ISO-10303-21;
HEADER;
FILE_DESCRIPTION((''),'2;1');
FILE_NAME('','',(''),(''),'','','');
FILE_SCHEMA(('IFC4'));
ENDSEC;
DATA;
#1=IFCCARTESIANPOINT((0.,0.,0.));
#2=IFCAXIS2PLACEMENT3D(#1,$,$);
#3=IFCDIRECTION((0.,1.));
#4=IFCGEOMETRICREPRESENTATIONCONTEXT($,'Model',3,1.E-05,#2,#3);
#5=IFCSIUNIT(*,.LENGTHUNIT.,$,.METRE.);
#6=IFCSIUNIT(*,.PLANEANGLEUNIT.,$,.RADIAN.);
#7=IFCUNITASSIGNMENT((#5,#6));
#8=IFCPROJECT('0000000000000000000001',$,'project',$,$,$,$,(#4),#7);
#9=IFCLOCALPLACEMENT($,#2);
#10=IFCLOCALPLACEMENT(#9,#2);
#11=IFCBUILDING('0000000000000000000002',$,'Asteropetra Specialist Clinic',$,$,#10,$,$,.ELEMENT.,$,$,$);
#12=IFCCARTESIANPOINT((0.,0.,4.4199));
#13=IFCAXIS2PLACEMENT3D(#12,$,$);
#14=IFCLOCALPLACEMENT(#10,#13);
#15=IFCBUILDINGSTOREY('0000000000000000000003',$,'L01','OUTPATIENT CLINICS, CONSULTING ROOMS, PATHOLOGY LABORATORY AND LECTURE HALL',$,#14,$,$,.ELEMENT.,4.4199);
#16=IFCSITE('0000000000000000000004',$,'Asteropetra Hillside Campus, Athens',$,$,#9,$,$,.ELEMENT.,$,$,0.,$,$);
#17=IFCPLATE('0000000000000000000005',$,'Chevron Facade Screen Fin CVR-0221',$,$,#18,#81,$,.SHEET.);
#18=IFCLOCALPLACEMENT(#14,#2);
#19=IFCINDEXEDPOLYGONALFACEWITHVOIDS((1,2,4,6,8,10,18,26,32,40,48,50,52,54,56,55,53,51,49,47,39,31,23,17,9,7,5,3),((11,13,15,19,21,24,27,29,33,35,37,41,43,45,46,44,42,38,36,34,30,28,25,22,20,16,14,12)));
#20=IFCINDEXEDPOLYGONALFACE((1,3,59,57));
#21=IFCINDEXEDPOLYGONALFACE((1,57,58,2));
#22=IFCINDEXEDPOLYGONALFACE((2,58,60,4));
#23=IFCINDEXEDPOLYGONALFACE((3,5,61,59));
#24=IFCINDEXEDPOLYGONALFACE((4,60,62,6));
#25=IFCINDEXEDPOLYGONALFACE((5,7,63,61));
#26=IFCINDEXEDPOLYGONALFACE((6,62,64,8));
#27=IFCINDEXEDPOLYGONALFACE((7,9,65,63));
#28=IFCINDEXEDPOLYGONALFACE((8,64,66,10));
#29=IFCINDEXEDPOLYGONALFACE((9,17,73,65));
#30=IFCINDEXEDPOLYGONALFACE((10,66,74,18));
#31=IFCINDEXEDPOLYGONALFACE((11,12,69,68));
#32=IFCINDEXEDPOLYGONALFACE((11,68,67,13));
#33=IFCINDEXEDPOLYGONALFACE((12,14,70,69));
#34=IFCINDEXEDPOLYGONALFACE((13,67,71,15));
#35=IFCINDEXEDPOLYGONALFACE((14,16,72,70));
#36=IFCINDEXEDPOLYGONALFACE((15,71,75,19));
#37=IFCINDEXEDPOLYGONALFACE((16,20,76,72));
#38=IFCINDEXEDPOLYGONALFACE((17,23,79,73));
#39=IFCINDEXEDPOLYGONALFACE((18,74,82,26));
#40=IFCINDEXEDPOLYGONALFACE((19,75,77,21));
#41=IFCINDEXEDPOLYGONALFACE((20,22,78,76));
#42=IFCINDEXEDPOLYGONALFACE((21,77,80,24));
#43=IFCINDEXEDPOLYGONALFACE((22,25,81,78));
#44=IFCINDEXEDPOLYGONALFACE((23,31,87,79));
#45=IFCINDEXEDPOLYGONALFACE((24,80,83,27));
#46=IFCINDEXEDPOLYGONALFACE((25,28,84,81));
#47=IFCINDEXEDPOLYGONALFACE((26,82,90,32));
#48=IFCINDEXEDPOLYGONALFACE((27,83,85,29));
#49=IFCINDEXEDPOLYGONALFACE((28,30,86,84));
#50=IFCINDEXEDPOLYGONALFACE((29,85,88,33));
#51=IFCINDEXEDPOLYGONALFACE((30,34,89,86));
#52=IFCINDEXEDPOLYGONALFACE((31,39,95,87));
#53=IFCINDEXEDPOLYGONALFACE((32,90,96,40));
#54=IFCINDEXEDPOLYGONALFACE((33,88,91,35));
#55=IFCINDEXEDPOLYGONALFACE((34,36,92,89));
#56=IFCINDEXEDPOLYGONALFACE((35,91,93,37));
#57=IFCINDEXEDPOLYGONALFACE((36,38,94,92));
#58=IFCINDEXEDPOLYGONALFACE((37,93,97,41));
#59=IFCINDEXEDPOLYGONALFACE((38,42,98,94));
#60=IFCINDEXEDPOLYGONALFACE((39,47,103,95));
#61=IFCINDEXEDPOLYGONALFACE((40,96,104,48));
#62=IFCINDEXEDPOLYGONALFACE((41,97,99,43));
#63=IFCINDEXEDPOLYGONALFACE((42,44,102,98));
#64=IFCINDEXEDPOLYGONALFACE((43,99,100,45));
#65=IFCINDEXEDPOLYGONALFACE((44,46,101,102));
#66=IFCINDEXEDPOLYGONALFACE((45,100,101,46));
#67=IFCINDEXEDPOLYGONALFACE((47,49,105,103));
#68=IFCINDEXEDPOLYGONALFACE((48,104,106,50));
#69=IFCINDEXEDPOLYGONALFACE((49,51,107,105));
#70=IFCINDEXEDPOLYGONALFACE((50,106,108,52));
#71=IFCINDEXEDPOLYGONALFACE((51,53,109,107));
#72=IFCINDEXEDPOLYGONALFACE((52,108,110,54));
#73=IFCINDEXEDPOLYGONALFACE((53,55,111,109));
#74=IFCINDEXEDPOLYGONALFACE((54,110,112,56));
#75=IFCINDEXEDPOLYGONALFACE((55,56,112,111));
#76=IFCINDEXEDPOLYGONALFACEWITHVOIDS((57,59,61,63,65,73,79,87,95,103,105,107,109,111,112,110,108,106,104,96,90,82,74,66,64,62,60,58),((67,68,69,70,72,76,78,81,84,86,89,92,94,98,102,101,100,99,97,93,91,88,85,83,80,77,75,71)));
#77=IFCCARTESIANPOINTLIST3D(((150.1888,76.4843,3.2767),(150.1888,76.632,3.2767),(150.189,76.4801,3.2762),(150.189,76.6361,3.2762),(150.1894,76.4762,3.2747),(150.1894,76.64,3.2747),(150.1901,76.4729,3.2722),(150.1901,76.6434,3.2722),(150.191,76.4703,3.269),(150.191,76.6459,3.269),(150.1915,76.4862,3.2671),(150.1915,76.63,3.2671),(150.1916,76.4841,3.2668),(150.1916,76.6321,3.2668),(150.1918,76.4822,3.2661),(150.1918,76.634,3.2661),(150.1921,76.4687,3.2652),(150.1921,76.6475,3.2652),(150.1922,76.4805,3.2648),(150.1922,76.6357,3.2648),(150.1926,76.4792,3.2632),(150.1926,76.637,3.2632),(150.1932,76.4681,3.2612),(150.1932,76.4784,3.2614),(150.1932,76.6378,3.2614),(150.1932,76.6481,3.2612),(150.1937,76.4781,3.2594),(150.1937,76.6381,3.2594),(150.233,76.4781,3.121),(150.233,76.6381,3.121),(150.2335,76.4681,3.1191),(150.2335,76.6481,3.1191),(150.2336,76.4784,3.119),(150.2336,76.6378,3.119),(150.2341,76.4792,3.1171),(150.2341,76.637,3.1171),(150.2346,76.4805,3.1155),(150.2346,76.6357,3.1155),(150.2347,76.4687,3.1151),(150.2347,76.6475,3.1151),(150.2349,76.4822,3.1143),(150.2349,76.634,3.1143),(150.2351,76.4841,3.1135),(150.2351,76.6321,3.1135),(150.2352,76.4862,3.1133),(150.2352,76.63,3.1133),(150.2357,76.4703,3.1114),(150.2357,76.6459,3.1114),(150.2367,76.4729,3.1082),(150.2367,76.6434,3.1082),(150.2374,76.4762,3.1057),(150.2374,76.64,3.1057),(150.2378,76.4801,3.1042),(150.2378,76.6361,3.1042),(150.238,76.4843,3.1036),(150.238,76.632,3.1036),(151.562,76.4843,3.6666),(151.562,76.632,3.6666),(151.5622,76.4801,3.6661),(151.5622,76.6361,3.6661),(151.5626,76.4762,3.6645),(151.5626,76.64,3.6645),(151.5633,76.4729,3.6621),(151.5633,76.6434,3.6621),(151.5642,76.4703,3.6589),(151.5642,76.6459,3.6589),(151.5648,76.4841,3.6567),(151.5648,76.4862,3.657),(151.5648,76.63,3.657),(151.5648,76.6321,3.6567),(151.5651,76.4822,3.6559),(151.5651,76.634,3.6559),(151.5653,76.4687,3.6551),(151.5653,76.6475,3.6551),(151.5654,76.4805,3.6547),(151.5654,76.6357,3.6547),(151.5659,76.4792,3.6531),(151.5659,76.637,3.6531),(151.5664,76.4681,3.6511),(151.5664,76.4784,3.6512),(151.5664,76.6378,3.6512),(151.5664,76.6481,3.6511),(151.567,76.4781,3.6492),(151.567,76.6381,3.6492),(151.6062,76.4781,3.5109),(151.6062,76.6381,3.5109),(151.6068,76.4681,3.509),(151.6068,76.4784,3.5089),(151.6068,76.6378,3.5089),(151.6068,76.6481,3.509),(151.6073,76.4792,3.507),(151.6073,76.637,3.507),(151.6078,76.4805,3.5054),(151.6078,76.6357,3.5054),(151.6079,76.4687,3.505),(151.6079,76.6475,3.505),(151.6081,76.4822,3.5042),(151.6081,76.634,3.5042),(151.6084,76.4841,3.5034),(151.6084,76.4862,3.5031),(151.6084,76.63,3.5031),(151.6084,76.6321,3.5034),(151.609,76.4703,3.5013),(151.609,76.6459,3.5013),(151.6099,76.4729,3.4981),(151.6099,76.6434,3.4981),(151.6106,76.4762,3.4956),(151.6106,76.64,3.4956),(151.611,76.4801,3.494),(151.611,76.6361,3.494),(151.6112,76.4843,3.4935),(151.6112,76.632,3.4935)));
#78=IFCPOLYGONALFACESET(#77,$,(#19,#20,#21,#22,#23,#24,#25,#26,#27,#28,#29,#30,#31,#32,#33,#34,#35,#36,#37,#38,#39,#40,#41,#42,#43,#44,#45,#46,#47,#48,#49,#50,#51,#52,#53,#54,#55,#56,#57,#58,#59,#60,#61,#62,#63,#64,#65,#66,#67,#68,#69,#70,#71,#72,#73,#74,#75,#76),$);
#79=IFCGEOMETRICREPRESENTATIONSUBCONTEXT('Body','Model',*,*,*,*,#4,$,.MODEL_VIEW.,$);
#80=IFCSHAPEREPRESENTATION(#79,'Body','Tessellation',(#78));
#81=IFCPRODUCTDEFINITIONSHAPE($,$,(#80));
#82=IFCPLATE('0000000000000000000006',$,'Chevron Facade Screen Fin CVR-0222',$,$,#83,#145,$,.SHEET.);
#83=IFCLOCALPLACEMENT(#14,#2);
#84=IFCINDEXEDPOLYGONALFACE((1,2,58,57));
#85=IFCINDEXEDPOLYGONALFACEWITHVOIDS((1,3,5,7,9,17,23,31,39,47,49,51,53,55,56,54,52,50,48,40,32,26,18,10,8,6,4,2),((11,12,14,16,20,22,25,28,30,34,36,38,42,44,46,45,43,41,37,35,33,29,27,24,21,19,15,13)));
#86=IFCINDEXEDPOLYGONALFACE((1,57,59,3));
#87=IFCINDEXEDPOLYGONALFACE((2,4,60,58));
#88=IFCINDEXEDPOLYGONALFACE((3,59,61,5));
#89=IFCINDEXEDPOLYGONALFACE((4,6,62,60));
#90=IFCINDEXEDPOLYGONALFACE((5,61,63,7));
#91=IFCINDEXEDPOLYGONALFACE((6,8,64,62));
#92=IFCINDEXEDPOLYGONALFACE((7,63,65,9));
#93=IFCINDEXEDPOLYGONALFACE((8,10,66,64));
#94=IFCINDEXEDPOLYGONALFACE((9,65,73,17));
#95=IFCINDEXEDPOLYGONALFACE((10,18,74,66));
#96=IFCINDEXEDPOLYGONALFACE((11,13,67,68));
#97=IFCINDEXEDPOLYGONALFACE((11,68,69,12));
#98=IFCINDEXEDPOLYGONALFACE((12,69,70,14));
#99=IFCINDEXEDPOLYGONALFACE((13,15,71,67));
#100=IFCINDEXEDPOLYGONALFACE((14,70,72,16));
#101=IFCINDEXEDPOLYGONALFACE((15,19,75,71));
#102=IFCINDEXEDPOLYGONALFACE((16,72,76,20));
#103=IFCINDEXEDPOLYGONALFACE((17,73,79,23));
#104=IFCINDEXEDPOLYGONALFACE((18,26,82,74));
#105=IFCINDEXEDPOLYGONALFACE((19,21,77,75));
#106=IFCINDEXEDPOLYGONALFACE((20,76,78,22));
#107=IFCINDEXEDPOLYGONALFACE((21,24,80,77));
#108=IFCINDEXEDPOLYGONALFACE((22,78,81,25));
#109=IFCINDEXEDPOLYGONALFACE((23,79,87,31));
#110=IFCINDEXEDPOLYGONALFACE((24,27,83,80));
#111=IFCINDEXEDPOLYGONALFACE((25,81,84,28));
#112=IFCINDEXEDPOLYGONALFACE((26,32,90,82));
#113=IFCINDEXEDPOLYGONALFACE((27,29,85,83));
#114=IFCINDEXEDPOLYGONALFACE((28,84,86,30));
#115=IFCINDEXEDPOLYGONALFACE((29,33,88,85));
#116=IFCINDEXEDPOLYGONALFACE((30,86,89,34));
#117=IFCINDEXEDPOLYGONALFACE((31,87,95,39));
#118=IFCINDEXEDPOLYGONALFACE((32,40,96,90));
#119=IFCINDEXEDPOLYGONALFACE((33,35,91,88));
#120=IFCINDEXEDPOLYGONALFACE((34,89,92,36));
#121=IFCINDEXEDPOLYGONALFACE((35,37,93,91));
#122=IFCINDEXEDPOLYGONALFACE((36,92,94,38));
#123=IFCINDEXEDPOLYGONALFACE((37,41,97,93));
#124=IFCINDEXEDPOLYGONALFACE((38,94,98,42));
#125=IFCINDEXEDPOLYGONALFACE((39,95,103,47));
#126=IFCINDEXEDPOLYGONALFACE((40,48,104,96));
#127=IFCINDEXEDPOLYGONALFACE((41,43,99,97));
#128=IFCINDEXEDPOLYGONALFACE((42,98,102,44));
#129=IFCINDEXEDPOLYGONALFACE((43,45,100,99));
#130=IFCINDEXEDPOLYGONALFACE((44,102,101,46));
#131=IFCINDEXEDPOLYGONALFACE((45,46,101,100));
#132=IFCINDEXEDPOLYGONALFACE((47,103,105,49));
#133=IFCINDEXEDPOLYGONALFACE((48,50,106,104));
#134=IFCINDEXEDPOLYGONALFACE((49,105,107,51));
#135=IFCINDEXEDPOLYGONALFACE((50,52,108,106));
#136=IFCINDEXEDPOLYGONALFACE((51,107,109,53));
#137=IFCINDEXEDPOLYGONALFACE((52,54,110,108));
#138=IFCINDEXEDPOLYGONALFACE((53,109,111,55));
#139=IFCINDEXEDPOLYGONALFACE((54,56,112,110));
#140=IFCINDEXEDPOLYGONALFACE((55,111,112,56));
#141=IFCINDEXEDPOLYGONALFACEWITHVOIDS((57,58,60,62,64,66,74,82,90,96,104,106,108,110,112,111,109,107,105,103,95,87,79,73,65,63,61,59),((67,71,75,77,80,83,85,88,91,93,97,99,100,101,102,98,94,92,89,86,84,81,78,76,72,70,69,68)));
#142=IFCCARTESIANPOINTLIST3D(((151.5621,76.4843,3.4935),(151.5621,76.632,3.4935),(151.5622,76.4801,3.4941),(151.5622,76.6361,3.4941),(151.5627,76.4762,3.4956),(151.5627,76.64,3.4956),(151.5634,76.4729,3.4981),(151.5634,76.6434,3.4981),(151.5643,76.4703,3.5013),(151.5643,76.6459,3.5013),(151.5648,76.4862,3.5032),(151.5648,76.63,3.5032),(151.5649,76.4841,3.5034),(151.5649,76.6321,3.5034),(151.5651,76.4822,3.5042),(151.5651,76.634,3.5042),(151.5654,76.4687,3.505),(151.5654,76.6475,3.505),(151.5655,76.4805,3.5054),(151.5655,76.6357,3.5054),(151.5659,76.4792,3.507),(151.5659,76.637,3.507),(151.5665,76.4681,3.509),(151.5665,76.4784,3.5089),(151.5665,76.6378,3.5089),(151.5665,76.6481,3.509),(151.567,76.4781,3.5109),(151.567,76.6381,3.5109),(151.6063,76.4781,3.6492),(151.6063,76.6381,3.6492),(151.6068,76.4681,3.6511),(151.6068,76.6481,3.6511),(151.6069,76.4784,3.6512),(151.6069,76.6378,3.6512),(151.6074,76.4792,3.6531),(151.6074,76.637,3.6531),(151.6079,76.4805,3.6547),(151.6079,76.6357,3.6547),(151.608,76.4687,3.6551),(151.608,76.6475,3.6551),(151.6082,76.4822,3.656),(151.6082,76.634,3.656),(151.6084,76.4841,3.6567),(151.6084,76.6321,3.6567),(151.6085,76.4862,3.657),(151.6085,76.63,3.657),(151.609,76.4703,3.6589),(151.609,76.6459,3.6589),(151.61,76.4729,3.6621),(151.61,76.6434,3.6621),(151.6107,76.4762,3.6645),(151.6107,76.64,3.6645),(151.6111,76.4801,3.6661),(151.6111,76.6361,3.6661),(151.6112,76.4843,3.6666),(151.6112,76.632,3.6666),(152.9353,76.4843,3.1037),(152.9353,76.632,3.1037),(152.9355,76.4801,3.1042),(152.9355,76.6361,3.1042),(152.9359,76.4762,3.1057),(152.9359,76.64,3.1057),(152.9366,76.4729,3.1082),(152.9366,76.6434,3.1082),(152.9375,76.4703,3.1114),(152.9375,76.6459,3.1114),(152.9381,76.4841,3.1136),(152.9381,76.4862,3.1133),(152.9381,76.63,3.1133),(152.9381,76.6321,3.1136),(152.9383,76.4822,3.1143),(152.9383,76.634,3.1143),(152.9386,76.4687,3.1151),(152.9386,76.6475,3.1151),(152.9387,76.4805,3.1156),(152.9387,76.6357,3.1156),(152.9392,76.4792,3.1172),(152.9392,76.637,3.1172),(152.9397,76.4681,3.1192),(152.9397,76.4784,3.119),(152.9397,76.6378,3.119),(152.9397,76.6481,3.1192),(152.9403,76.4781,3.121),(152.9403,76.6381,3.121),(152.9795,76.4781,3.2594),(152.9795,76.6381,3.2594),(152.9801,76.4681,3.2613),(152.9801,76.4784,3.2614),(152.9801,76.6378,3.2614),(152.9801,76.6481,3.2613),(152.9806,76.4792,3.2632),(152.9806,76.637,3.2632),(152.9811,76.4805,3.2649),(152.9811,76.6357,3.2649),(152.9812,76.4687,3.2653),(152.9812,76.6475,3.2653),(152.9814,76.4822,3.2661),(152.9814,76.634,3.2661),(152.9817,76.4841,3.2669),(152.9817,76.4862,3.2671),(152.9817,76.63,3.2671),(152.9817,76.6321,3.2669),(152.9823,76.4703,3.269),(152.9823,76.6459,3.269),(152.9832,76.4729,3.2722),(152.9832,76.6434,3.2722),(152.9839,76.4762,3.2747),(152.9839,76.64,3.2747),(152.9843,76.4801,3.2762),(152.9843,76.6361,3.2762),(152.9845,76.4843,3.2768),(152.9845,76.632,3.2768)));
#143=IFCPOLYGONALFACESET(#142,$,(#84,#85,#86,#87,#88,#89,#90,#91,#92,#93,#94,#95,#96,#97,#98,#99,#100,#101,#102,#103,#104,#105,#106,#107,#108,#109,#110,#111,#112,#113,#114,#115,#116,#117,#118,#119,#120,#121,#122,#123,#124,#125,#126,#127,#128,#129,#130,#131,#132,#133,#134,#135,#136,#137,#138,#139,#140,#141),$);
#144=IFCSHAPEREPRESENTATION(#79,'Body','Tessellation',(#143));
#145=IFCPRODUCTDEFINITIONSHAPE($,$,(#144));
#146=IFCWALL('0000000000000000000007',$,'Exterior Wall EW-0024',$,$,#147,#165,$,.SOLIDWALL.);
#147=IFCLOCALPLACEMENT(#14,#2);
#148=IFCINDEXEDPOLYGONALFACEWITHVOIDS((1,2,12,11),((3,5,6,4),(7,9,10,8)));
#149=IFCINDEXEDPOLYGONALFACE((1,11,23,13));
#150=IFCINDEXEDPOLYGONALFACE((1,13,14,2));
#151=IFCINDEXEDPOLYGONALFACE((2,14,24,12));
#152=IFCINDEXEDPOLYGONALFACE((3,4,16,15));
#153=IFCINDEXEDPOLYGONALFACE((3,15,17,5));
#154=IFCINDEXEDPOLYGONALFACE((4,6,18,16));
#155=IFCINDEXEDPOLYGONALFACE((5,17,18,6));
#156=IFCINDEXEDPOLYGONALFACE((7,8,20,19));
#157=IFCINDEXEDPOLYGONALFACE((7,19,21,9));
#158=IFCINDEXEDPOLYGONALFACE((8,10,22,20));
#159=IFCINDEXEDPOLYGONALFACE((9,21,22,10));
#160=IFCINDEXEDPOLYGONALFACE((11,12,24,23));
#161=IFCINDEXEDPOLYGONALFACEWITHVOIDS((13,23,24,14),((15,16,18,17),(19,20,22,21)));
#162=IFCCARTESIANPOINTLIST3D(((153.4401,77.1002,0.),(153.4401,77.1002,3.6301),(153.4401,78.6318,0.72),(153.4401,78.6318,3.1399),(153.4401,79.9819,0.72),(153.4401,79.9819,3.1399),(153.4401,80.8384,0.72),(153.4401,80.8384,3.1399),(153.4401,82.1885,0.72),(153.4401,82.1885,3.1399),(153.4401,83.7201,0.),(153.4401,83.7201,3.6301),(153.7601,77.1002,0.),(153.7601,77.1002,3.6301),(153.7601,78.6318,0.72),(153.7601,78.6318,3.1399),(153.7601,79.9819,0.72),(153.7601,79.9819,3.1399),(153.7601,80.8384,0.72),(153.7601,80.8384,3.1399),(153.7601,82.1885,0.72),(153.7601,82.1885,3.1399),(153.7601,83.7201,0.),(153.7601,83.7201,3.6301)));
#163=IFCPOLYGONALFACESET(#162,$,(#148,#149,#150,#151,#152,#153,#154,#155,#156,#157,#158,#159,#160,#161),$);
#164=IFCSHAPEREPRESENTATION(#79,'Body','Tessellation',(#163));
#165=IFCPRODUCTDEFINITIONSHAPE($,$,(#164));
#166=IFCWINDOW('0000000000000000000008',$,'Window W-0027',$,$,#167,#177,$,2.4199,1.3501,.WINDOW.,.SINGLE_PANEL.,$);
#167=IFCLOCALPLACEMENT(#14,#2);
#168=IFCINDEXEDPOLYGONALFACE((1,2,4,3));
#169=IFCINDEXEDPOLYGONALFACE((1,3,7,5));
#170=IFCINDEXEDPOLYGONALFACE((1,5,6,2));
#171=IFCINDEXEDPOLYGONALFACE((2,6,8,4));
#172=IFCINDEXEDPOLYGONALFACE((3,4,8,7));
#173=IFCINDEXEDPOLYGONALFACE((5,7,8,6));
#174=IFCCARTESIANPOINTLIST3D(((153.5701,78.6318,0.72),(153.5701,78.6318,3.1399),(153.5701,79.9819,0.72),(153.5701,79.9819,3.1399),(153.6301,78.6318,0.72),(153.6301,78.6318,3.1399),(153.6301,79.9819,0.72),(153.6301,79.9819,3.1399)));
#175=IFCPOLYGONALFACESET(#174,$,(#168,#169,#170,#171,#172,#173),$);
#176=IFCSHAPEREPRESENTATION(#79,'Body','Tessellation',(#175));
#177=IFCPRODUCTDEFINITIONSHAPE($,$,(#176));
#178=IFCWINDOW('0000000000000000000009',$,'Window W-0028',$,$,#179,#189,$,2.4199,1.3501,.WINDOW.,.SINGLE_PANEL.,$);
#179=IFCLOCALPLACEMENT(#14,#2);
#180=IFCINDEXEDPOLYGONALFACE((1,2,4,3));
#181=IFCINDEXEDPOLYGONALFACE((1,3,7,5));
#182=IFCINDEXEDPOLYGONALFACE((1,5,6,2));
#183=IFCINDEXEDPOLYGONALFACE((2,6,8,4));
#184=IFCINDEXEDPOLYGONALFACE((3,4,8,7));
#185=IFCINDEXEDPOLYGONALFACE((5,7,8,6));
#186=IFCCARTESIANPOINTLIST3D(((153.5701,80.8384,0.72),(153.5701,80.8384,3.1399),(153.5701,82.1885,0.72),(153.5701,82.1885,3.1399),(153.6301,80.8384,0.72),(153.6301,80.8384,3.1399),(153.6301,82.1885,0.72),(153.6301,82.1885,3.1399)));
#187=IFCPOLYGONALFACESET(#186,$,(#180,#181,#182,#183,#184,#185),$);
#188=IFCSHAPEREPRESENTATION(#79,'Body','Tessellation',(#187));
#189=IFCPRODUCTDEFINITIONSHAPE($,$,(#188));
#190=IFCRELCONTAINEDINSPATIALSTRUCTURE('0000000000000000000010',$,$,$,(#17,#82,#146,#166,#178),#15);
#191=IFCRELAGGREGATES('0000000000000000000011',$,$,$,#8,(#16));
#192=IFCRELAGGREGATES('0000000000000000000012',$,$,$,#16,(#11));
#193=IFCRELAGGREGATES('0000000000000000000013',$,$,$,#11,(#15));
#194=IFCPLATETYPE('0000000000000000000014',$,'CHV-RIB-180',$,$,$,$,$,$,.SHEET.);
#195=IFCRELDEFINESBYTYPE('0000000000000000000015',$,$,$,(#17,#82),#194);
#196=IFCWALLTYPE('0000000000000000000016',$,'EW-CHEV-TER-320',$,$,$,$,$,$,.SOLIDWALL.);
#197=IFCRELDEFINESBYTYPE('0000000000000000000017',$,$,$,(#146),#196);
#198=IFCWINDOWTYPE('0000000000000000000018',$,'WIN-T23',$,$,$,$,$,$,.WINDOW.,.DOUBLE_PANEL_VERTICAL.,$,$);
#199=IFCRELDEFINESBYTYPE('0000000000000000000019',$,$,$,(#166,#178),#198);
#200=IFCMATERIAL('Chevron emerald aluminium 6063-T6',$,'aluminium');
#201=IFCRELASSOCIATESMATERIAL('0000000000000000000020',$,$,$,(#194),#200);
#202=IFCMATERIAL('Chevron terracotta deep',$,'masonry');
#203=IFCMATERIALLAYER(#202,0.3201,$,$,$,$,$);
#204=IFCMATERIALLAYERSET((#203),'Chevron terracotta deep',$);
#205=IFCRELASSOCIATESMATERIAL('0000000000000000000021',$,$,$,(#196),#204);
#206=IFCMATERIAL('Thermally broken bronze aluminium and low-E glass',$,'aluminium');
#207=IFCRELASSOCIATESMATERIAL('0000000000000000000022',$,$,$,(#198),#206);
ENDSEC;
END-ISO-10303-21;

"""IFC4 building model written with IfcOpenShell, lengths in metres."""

from ifc_helpers import new_model, si_unit, direction, frame, frame_2d, origin, origin_2d, place, context, subcontext, project, spatial, rectangle, hollow_rectangle, extrude, material, layer, layer_set, material_profile, profile_set, type_object, element, fill, save


model = new_model("IFC4")

# Units and contexts
model_context = context("Model", 3, precision=1e-05, world=origin(), true_north=direction((0.0, 1.0)))
body_context = subcontext(model_context, "Body", "Model", "MODEL_VIEW")
ifc_project = project(units=[si_unit("LENGTHUNIT", "METRE"), si_unit("PLANEANGLEUNIT", "RADIAN")], contexts=[model_context])

# Site, building, storey
site_placement = place(None, origin())
site = spatial("IfcSite", under=ifc_project, at=site_placement, Name="Asteropetra Hillside Campus, Athens", CompositionType="ELEMENT", RefElevation=0.0)
building_placement = place(site_placement, origin())
building = spatial("IfcBuilding", under=site, at=building_placement, Name="Asteropetra Specialist Clinic", CompositionType="ELEMENT")
storey_placement = place(building_placement, frame((0.0, 0.0, 4.4199)))
storey = spatial("IfcBuildingStorey", under=building, at=storey_placement, Name="L01", Description="OUTPATIENT CLINICS, CONSULTING ROOMS, PATHOLOGY LABORATORY AND LECTURE HALL", CompositionType="ELEMENT", Elevation=4.4199)

# Plates
ifc_material_1 = material(Name="Chevron emerald aluminium 6063-T6", Category="aluminium")
ifc_material_profile_1 = material_profile(ifc_material_1, hollow_rectangle(XDim=0.1799, YDim=0.1799, WallThickness=0.01, InnerFilletRadius=0.0081, OuterFilletRadius=0.0161, at=origin_2d()), Name="SHS 180x180x10.0")
ifc_profile_set_1 = profile_set([ifc_material_profile_1], Name="Chevron emerald aluminium 6063-T6")
plate_type = type_object("IfcPlateType", Name="CHV-RIB-180", PredefinedType="SHEET", material=ifc_profile_set_1)
for number, where, z_axis, x_axis, name in (
    (1, (150.2134, 76.5581, 3.1902), (0.961981, 0.0, 0.273117), (0.0, 1.0, 0.0), "Chevron Facade Screen Fin CVR-0221"),
    (2, (151.5867, 76.5581, 3.5801), (0.961981, 0.0, -0.273117), (0.0, 1.0, 0.0), "Chevron Facade Screen Fin CVR-0222"),
):
    element("IfcPlate", number, at=place(storey_placement, frame(where, z_axis=z_axis, x_axis=x_axis)), inside=storey, type_object=plate_type, Name=name, PredefinedType="SHEET", context=body_context, shape_type="SweptSolid", body=[
        extrude(hollow_rectangle(XDim=0.1799, YDim=0.1799, WallThickness=0.01, InnerFilletRadius=0.0081, OuterFilletRadius=0.0161, at=origin_2d()), origin(), (0.0, 0.0, 1.0), 1.4275),
    ])

# Wall, openings, windows
ifc_material_2 = material(Name="Chevron terracotta deep", Category="masonry")
ifc_layer_1 = layer(ifc_material_2, 0.3201)
ifc_layer_set_1 = layer_set([ifc_layer_1], Name="Chevron terracotta deep")
wall_type = type_object("IfcWallType", Name="EW-CHEV-TER-320", PredefinedType="SOLIDWALL", material=ifc_layer_set_1)
wall_placement = place(storey_placement, frame((153.6001, 77.1001, 0.0), z_axis=(0.0, 0.0, 1.0), x_axis=(0.0, 1.0, 0.0)))
wall = element("IfcWall", 3, at=wall_placement, inside=storey, type_object=wall_type, Name="Exterior Wall EW-0024", PredefinedType="SOLIDWALL", context=body_context, shape_type="SweptSolid", body=[
    extrude(rectangle(XDim=6.6199, YDim=0.3201, at=frame_2d((3.3101, 0.0))), origin(), (0.0, 0.0, 1.0), 3.6301),
])
opening_1_placement = place(wall_placement, frame((1.5317, 0.0, 0.72)))
opening_1 = element("IfcOpeningElement", 4, at=opening_1_placement, cuts=wall, PredefinedType="OPENING", context=body_context, shape_type="SweptSolid", body=[
    extrude(rectangle(XDim=1.3501, YDim=2.4199, at=frame_2d((0.675, 1.21))), frame((0.0, 0.1699, 0.0), z_axis=(0.0, -1.0, 0.0), x_axis=(1.0, 0.0, 0.0)), (0.0, 0.0, 1.0), 0.3401),
])
opening_2_placement = place(wall_placement, frame((3.7383, 0.0, 0.72)))
opening_2 = element("IfcOpeningElement", 5, at=opening_2_placement, cuts=wall, PredefinedType="OPENING", context=body_context, shape_type="SweptSolid", body=[
    extrude(rectangle(XDim=1.3501, YDim=2.4199, at=frame_2d((0.675, 1.21))), frame((0.0, 0.1699, 0.0), z_axis=(0.0, -1.0, 0.0), x_axis=(1.0, 0.0, 0.0)), (0.0, 0.0, 1.0), 0.3401),
])
ifc_material_3 = material(Name="Thermally broken bronze aluminium and low-E glass", Category="aluminium")
window_type = type_object("IfcWindowType", Name="WIN-T23", PartitioningType="DOUBLE_PANEL_VERTICAL", PredefinedType="WINDOW", material=ifc_material_3)
window_1_placement = place(opening_1_placement, origin())
window_1 = element("IfcWindow", 6, at=window_1_placement, inside=storey, type_object=window_type, Name="Window W-0027", OverallHeight=2.4199, OverallWidth=1.3501, PartitioningType="SINGLE_PANEL", PredefinedType="WINDOW", context=body_context, shape_type="SweptSolid", body=[
    extrude(rectangle(XDim=1.3501, YDim=2.4199, at=frame_2d((0.675, 1.21))), frame((0.0, 0.03, 0.0), z_axis=(0.0, -1.0, 0.0), x_axis=(1.0, 0.0, 0.0)), (0.0, 0.0, 1.0), 0.0601),
])
fill(opening_1, window_1)
window_2_placement = place(opening_2_placement, origin())
window_2 = element("IfcWindow", 7, at=window_2_placement, inside=storey, type_object=window_type, Name="Window W-0028", OverallHeight=2.4199, OverallWidth=1.3501, PartitioningType="SINGLE_PANEL", PredefinedType="WINDOW", context=body_context, shape_type="SweptSolid", body=[
    extrude(rectangle(XDim=1.3501, YDim=2.4199, at=frame_2d((0.675, 1.21))), frame((0.0, 0.03, 0.0), z_axis=(0.0, -1.0, 0.0), x_axis=(1.0, 0.0, 0.0)), (0.0, 0.0, 1.0), 0.0601),
])
fill(opening_2, window_2)

save(model, "model.ifc")
